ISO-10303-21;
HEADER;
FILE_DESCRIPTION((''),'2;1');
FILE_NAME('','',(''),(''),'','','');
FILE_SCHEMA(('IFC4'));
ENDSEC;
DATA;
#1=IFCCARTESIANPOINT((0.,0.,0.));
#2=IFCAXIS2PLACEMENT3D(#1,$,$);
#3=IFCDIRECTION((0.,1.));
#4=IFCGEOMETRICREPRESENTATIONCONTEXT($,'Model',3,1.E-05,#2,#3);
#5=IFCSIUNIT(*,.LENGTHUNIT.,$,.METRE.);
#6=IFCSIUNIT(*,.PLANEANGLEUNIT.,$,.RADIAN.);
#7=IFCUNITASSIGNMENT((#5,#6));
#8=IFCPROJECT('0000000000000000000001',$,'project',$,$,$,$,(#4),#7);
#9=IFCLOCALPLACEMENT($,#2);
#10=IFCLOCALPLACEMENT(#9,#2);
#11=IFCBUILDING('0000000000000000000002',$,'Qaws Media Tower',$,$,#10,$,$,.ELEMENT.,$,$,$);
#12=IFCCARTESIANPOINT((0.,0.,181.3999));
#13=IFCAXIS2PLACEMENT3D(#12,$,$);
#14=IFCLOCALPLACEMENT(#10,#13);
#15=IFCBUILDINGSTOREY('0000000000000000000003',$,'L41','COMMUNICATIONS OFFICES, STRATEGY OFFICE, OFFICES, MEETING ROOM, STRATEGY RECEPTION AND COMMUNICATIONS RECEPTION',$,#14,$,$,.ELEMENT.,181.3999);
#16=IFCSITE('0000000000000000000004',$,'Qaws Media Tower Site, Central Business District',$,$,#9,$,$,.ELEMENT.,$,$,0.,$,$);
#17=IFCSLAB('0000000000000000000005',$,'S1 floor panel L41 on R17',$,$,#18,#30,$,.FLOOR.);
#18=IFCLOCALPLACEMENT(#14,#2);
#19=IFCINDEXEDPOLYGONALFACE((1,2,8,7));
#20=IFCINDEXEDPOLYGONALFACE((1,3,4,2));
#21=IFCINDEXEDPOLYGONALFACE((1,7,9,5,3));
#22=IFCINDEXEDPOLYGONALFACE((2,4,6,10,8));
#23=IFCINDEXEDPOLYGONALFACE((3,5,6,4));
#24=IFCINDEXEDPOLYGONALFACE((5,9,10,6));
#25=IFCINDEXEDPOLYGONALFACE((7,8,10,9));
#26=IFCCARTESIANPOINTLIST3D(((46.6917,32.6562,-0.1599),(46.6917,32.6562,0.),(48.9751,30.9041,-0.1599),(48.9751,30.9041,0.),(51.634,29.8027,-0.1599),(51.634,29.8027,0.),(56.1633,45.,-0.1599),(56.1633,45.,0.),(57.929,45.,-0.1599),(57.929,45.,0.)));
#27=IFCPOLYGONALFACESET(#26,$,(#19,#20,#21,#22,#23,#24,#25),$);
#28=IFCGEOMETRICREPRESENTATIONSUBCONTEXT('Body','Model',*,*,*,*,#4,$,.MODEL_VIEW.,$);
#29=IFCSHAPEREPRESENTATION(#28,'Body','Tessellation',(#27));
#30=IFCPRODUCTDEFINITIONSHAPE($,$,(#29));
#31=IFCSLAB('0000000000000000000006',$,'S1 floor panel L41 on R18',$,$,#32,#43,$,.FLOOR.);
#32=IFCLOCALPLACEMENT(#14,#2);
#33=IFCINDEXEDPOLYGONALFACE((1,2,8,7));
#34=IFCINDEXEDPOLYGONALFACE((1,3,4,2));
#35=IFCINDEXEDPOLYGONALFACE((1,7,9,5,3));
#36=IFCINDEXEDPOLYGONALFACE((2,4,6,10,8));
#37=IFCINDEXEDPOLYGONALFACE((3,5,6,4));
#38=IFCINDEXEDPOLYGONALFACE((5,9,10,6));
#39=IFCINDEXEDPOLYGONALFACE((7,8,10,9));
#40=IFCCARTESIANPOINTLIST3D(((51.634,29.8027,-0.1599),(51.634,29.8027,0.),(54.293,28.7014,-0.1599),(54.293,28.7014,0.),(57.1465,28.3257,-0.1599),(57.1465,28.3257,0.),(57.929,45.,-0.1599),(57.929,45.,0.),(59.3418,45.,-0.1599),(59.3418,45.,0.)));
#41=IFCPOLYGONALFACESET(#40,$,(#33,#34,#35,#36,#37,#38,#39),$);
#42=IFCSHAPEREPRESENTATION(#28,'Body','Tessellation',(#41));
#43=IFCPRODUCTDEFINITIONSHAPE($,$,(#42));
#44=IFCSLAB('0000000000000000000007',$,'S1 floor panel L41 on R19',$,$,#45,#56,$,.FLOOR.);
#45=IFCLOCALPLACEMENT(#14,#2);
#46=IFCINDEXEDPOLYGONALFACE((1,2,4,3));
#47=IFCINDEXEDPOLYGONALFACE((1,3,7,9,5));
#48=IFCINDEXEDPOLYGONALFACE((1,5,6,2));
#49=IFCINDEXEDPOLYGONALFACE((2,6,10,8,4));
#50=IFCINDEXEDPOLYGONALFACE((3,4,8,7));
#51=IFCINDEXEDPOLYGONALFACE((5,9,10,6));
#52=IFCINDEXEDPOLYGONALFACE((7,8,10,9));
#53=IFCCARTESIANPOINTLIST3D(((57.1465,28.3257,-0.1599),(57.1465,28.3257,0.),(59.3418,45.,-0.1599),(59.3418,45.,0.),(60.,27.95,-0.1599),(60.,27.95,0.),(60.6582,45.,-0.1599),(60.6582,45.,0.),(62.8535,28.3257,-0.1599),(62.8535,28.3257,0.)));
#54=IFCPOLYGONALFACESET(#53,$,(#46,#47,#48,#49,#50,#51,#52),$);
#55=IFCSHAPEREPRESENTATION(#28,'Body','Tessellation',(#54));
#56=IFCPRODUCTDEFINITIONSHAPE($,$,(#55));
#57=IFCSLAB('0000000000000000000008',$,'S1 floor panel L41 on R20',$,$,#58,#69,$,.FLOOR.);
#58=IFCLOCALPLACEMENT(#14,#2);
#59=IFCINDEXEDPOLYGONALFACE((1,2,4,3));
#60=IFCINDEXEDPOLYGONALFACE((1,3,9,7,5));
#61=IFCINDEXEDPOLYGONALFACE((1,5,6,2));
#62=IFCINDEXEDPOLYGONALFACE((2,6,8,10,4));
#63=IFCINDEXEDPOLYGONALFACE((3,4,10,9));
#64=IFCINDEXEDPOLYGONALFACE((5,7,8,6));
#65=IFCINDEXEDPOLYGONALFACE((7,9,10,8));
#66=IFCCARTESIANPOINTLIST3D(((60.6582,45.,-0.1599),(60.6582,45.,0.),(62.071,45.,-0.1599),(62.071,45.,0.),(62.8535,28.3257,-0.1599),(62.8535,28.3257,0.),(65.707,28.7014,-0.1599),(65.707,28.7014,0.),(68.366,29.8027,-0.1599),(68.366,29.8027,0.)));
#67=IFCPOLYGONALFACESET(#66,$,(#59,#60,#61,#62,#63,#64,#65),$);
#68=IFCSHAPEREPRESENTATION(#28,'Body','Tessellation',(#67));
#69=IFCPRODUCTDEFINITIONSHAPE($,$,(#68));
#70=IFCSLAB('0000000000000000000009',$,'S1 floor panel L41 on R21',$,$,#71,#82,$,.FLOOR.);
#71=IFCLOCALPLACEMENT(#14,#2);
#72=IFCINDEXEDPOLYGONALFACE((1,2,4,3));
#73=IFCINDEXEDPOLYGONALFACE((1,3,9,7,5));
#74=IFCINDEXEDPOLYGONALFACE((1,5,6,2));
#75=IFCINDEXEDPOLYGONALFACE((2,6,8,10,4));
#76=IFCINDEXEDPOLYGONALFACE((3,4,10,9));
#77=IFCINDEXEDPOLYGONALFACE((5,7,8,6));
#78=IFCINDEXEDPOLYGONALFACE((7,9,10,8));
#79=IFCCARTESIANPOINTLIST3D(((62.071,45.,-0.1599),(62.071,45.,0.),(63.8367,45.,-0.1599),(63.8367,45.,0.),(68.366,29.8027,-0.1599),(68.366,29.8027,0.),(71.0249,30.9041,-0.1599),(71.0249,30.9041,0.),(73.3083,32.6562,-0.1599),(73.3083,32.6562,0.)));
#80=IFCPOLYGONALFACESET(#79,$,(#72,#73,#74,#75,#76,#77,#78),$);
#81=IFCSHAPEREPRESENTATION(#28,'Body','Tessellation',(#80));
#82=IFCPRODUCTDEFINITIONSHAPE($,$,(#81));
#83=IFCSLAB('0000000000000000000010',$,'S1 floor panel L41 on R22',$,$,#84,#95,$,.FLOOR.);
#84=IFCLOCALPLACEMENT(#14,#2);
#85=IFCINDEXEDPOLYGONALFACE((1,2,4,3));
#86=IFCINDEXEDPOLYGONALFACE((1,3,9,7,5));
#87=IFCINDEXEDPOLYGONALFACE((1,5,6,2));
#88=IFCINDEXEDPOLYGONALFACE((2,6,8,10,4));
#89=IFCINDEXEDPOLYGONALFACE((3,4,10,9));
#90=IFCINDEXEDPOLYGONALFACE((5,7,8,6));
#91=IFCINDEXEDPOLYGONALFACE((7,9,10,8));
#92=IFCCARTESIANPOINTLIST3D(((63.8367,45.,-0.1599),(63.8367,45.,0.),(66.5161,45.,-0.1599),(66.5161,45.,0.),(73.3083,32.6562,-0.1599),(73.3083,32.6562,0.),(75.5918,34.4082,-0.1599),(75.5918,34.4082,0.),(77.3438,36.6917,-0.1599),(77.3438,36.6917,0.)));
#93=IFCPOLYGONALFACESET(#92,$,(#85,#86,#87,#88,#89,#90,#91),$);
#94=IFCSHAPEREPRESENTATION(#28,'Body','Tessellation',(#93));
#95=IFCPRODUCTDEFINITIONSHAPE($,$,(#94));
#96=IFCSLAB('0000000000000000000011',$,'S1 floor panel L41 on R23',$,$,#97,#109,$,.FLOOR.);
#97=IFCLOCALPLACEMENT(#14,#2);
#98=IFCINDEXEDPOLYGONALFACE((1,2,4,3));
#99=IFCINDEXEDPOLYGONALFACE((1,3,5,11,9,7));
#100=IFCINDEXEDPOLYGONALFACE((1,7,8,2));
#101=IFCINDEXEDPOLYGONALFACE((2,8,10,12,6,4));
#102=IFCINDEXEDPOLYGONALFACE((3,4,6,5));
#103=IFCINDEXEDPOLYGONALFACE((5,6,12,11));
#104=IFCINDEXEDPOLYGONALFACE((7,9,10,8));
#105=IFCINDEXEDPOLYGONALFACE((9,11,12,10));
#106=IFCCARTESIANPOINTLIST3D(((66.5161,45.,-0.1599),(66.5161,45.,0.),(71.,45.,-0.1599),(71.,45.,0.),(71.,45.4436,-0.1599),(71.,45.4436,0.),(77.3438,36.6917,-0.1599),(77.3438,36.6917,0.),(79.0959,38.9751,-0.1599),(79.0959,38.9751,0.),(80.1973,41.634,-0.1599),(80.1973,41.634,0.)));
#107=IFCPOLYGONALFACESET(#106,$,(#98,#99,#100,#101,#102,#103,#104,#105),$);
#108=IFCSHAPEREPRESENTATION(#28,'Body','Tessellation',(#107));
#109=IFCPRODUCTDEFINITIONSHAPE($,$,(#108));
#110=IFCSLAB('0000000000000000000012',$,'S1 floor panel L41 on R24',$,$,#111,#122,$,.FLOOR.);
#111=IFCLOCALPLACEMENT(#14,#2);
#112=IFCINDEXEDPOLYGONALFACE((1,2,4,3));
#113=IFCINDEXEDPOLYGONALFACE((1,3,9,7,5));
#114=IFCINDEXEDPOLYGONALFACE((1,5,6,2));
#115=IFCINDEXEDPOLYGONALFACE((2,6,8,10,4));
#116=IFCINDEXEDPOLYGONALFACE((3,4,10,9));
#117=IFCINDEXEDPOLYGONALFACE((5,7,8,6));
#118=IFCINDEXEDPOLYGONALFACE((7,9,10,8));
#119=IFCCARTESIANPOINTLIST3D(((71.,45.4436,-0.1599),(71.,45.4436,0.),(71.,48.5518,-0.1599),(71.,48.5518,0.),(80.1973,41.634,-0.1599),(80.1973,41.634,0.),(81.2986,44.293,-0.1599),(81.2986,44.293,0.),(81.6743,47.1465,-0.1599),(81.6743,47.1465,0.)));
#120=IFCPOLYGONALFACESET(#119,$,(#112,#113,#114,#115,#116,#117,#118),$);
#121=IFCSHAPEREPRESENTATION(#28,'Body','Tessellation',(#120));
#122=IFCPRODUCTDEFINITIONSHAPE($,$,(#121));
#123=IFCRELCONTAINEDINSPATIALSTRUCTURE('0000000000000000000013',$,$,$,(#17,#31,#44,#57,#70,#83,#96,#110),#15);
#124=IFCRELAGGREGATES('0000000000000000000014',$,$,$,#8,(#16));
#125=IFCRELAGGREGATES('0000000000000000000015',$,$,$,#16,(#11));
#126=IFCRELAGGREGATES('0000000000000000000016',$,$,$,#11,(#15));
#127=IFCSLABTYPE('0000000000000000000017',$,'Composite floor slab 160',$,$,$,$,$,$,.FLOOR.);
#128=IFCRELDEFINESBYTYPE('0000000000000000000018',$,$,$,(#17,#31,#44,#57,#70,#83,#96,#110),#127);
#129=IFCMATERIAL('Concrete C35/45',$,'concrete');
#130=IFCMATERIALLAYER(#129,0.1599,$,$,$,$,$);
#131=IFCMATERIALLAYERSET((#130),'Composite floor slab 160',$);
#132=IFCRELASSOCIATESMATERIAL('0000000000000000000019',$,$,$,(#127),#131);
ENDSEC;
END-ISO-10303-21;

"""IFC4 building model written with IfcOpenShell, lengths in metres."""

from ifc_helpers import new_model, si_unit, direction, frame, origin, place, context, subcontext, project, spatial, polyline, outline, extrude, material, layer, layer_set, type_object, element, save


model = new_model("IFC4")

# Units and contexts
model_context = context("Model", 3, precision=1e-05, world=origin(), true_north=direction((0.0, 1.0)))
body_context = subcontext(model_context, "Body", "Model", "MODEL_VIEW")
ifc_project = project(units=[si_unit("LENGTHUNIT", "METRE"), si_unit("PLANEANGLEUNIT", "RADIAN")], contexts=[model_context])

# Site, building, storey
site_placement = place(None, origin())
site = spatial("IfcSite", under=ifc_project, at=site_placement, Name="Qaws Media Tower Site, Central Business District", CompositionType="ELEMENT", RefElevation=0.0)
building_placement = place(site_placement, origin())
building = spatial("IfcBuilding", under=site, at=building_placement, Name="Qaws Media Tower", CompositionType="ELEMENT")
storey_placement = place(building_placement, frame((0.0, 0.0, 181.3999)))
storey = spatial("IfcBuildingStorey", under=building, at=storey_placement, Name="L41", Description="COMMUNICATIONS OFFICES, STRATEGY OFFICE, OFFICES, MEETING ROOM, STRATEGY RECEPTION AND COMMUNICATIONS RECEPTION", CompositionType="ELEMENT", Elevation=181.3999)

# Slabs
ifc_material_1 = material(Name="Concrete C35/45", Category="concrete")
ifc_layer_1 = layer(ifc_material_1, 0.1599)
ifc_layer_set_1 = layer_set([ifc_layer_1], Name="Composite floor slab 160")
slab_type_1 = type_object("IfcSlabType", Name="Composite floor slab 160", PredefinedType="FLOOR", material=ifc_layer_set_1)
slab_1_placement = place(storey_placement, frame((0.0, 0.0, -0.1599)))
element("IfcSlab", 1, at=slab_1_placement, inside=storey, type_object=slab_type_1, Name="S1 floor panel L41 on R17", PredefinedType="FLOOR", context=body_context, shape_type="SweptSolid", body=[
    extrude(outline(polyline([(48.9751, 30.9041), (46.6917, 32.6562), (56.1633, 45.0), (57.929, 45.0), (51.634, 29.8027), (48.9751, 30.9041)])), origin(), (0.0, 0.0, 1.0), 0.1599),
])
slab_2_placement = place(storey_placement, frame((0.0, 0.0, -0.1599)))
element("IfcSlab", 2, at=slab_2_placement, inside=storey, type_object=slab_type_1, Name="S1 floor panel L41 on R18", PredefinedType="FLOOR", context=body_context, shape_type="SweptSolid", body=[
    extrude(outline(polyline([(54.293, 28.7014), (51.634, 29.8027), (57.929, 45.0), (59.3418, 45.0), (57.1465, 28.3257), (54.293, 28.7014)])), origin(), (0.0, 0.0, 1.0), 0.1599),
])
slab_3_placement = place(storey_placement, frame((0.0, 0.0, -0.1599)))
element("IfcSlab", 3, at=slab_3_placement, inside=storey, type_object=slab_type_1, Name="S1 floor panel L41 on R19", PredefinedType="FLOOR", context=body_context, shape_type="SweptSolid", body=[
    extrude(outline(polyline([(60.0, 27.95), (57.1465, 28.3257), (59.3418, 45.0), (60.6582, 45.0), (62.8535, 28.3257), (60.0, 27.95)])), origin(), (0.0, 0.0, 1.0), 0.1599),
])
slab_4_placement = place(storey_placement, frame((0.0, 0.0, -0.1599)))
element("IfcSlab", 4, at=slab_4_placement, inside=storey, type_object=slab_type_1, Name="S1 floor panel L41 on R20", PredefinedType="FLOOR", context=body_context, shape_type="SweptSolid", body=[
    extrude(outline(polyline([(65.707, 28.7014), (62.8535, 28.3257), (60.6582, 45.0), (62.071, 45.0), (68.366, 29.8027), (65.707, 28.7014)])), origin(), (0.0, 0.0, 1.0), 0.1599),
])
slab_5_placement = place(storey_placement, frame((0.0, 0.0, -0.1599)))
element("IfcSlab", 5, at=slab_5_placement, inside=storey, type_object=slab_type_1, Name="S1 floor panel L41 on R21", PredefinedType="FLOOR", context=body_context, shape_type="SweptSolid", body=[
    extrude(outline(polyline([(71.0249, 30.9041), (68.366, 29.8027), (62.071, 45.0), (63.8367, 45.0), (73.3083, 32.6562), (71.0249, 30.9041)])), origin(), (0.0, 0.0, 1.0), 0.1599),
])
slab_6_placement = place(storey_placement, frame((0.0, 0.0, -0.1599)))
element("IfcSlab", 6, at=slab_6_placement, inside=storey, type_object=slab_type_1, Name="S1 floor panel L41 on R22", PredefinedType="FLOOR", context=body_context, shape_type="SweptSolid", body=[
    extrude(outline(polyline([(75.5918, 34.4082), (73.3083, 32.6562), (63.8367, 45.0), (66.5161, 45.0), (77.3438, 36.6917), (75.5918, 34.4082)])), origin(), (0.0, 0.0, 1.0), 0.1599),
])
slab_7_placement = place(storey_placement, frame((0.0, 0.0, -0.1599)))
element("IfcSlab", 7, at=slab_7_placement, inside=storey, type_object=slab_type_1, Name="S1 floor panel L41 on R23", PredefinedType="FLOOR", context=body_context, shape_type="SweptSolid", body=[
    extrude(outline(polyline([(79.0959, 38.9751), (77.3438, 36.6917), (66.5161, 45.0), (71.0, 45.0), (71.0, 45.4436), (80.1973, 41.634), (79.0959, 38.9751)])), origin(), (0.0, 0.0, 1.0), 0.1599),
])
slab_8_placement = place(storey_placement, frame((0.0, 0.0, -0.1599)))
element("IfcSlab", 8, at=slab_8_placement, inside=storey, type_object=slab_type_1, Name="S1 floor panel L41 on R24", PredefinedType="FLOOR", context=body_context, shape_type="SweptSolid", body=[
    extrude(outline(polyline([(80.1973, 41.634), (71.0, 45.4436), (71.0, 48.5518), (81.6743, 47.1465), (81.2986, 44.293), (80.1973, 41.634)])), origin(), (0.0, 0.0, 1.0), 0.1599),
])

save(model, "model.ifc")
